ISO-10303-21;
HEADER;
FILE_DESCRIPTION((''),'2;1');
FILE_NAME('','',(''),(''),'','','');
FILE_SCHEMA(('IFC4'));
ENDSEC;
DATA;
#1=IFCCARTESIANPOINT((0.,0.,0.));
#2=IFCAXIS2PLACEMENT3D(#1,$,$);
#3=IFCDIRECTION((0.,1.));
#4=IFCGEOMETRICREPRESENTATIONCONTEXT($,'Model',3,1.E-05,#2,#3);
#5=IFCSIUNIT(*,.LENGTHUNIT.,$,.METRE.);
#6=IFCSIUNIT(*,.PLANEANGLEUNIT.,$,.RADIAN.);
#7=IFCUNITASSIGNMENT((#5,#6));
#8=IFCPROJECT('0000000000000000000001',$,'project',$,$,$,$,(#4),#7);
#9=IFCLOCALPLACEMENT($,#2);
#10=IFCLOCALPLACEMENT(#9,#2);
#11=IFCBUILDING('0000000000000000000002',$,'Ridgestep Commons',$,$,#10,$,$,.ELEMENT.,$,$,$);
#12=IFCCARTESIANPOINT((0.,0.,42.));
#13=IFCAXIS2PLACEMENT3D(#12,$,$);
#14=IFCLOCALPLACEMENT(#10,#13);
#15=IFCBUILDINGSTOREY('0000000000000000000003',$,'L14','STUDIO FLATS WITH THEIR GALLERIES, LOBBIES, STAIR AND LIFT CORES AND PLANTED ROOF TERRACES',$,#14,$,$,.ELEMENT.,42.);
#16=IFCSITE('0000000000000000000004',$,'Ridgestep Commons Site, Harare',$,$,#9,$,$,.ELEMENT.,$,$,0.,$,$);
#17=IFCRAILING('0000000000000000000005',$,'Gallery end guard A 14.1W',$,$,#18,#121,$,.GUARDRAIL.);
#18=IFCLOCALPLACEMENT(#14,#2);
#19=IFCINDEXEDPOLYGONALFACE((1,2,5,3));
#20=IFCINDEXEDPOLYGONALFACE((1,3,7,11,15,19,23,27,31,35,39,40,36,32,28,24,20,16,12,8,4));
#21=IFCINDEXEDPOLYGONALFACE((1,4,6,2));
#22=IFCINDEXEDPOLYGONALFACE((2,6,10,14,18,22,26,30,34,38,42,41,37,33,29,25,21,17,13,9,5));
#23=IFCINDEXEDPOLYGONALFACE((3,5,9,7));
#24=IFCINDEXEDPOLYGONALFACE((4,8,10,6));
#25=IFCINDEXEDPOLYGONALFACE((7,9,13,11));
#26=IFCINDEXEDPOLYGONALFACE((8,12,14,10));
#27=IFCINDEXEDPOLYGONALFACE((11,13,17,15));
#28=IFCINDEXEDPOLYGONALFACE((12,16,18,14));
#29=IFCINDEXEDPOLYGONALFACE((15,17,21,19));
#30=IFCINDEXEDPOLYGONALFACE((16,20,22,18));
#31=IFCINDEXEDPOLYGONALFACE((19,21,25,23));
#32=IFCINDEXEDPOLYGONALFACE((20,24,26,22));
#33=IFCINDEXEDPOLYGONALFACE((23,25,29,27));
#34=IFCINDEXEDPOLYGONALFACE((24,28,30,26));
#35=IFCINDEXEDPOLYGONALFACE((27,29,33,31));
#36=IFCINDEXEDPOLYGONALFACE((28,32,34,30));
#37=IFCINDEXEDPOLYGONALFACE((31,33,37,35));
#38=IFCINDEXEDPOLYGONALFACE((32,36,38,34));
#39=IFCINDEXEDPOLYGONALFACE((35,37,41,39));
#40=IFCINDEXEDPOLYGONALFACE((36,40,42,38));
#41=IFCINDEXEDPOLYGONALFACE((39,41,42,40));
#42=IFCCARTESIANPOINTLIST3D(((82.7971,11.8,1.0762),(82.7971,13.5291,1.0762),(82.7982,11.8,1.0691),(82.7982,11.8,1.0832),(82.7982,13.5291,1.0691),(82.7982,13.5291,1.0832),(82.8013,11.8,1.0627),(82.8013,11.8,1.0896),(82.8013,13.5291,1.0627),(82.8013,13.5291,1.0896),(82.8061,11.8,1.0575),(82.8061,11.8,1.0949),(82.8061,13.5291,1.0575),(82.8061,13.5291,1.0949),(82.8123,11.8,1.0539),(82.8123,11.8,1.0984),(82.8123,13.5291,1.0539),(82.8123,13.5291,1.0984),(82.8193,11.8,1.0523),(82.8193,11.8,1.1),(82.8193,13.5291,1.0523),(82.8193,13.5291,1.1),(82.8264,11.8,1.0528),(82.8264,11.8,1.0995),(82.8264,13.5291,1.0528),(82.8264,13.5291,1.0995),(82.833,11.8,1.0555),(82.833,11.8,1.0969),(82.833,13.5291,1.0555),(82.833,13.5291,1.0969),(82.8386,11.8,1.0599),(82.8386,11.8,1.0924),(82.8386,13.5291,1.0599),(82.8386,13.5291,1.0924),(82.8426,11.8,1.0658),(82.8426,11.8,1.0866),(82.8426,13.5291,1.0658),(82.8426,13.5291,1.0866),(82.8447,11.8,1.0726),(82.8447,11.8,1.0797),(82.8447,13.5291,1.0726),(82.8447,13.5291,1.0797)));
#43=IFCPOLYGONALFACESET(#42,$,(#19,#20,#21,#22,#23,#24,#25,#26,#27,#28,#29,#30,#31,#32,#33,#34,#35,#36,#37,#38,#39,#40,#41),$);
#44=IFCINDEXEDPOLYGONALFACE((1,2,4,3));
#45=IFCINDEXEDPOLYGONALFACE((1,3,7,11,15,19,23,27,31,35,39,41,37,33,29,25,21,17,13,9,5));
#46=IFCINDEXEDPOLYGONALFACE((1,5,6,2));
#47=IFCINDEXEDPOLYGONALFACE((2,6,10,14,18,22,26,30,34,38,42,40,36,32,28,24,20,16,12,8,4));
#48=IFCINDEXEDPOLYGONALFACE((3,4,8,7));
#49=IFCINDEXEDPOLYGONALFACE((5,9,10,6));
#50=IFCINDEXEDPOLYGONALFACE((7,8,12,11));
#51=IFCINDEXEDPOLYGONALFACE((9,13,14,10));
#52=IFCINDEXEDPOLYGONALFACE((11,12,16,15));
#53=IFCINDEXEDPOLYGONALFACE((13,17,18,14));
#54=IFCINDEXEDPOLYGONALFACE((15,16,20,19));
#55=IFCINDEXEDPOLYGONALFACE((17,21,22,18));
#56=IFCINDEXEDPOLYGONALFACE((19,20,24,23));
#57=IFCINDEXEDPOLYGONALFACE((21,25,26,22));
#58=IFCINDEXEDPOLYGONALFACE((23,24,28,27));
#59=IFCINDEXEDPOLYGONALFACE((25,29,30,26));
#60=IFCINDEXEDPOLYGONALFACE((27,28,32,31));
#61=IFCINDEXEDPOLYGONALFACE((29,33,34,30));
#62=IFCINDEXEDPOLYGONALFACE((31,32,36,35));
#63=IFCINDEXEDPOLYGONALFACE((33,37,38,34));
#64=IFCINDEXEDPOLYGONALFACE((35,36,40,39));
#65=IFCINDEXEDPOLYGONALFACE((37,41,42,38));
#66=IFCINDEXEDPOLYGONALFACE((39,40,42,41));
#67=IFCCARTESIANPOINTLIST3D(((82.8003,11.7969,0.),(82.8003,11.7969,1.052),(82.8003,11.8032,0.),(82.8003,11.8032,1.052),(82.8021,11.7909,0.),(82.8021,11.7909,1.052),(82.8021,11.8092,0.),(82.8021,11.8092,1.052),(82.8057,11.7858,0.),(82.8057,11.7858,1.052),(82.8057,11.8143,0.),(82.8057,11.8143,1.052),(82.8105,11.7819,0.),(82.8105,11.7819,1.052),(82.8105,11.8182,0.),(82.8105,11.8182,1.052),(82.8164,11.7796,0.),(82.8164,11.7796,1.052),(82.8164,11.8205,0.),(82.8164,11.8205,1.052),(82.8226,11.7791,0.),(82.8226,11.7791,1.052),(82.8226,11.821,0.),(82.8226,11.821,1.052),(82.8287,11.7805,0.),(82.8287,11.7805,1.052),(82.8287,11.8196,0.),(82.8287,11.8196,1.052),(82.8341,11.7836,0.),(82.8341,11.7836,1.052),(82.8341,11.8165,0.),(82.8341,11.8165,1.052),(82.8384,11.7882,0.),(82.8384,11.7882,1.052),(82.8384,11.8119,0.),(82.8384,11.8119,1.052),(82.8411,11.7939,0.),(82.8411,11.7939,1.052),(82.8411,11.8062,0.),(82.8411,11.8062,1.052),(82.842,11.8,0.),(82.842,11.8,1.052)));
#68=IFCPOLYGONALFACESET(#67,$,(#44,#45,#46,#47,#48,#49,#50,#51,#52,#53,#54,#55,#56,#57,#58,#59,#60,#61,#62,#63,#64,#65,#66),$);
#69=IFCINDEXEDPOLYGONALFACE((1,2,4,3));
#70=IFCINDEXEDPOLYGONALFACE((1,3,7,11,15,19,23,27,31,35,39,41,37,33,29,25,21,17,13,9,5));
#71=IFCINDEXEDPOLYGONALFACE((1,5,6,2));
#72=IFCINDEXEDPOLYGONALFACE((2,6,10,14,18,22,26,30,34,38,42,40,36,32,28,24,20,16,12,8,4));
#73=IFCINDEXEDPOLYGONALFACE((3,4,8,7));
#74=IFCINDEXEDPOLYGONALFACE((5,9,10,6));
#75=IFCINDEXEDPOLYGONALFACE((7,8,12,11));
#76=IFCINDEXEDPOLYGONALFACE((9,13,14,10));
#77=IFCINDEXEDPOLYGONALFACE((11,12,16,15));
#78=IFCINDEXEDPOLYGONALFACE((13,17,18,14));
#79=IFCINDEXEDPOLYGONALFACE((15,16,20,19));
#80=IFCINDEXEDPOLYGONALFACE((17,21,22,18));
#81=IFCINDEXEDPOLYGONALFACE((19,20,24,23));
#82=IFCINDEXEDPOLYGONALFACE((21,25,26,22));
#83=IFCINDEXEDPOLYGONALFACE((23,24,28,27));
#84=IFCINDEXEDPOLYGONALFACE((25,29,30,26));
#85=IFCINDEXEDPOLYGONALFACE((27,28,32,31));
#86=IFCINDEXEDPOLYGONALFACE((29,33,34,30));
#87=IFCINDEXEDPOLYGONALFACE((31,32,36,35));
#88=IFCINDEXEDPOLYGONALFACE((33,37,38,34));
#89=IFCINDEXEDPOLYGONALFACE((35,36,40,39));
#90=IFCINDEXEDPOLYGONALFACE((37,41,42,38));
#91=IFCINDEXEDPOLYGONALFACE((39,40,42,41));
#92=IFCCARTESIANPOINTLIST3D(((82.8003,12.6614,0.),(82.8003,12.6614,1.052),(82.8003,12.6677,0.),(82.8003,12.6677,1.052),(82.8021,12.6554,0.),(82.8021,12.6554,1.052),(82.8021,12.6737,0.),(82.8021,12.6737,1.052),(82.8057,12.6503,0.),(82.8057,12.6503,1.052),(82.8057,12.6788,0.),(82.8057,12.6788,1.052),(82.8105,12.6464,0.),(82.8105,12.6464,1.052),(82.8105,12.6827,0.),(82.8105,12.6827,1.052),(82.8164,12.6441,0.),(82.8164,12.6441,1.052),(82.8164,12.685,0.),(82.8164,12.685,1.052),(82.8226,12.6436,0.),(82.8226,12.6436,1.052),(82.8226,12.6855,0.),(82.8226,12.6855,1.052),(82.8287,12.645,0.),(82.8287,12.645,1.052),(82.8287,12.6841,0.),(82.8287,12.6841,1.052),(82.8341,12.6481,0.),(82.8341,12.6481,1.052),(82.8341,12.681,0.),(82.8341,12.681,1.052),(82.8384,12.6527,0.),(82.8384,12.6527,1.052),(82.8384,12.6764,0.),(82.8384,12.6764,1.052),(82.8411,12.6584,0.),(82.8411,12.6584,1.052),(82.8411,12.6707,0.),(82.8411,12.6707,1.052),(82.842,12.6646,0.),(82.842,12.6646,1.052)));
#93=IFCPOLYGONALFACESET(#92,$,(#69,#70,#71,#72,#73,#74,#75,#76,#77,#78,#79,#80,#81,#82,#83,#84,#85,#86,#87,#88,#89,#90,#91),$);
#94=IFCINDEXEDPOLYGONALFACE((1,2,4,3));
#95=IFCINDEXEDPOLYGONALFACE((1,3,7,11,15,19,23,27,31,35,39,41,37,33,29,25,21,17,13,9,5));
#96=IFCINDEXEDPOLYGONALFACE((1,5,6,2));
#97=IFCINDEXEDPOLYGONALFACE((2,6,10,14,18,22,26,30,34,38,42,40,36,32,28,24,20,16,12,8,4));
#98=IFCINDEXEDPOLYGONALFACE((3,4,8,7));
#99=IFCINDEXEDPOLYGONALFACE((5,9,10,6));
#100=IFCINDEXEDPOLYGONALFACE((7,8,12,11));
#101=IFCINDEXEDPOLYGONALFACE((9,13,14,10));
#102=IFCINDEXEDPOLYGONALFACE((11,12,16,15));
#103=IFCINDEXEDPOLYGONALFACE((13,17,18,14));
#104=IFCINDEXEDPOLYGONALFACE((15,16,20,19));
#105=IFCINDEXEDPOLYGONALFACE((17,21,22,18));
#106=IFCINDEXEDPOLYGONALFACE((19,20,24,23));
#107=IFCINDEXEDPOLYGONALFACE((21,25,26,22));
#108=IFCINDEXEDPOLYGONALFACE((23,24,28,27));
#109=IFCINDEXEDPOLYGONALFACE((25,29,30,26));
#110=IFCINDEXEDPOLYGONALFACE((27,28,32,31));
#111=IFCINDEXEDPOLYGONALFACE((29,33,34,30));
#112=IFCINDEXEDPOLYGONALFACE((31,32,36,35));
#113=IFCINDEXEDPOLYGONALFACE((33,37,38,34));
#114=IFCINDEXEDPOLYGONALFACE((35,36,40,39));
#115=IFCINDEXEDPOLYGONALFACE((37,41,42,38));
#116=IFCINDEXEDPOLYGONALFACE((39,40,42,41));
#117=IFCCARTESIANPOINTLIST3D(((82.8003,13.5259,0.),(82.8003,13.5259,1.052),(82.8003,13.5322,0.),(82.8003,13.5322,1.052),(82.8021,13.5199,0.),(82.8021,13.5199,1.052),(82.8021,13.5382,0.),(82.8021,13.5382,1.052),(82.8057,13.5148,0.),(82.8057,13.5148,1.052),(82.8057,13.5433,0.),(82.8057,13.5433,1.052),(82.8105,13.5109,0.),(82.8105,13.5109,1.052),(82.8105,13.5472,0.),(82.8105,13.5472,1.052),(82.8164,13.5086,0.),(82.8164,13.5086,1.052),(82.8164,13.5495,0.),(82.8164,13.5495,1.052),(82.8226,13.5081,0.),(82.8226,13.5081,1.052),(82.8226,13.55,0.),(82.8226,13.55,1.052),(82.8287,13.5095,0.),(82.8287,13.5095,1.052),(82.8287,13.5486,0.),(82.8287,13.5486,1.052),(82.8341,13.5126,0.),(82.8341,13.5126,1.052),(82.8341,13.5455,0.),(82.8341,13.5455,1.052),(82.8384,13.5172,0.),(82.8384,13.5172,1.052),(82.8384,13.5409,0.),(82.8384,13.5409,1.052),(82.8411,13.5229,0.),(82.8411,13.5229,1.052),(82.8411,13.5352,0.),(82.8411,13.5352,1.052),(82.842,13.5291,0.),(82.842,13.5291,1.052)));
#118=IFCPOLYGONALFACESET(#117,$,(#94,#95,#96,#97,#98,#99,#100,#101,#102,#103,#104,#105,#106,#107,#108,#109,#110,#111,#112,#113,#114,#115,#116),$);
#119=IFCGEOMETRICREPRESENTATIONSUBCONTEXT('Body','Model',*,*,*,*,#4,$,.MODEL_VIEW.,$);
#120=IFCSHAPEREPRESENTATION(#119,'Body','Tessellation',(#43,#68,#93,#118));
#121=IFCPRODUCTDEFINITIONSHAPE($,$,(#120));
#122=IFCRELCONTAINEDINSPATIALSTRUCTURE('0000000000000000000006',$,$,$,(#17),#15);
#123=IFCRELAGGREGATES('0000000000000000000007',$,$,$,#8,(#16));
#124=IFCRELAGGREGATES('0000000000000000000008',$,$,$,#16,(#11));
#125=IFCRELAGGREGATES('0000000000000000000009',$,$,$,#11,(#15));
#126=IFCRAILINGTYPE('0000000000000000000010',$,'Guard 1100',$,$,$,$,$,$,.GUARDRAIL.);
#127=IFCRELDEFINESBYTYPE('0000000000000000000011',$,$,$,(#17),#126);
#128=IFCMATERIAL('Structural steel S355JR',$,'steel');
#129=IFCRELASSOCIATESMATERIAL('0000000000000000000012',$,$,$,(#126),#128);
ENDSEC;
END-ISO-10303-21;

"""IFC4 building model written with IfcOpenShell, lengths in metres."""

from ifc_helpers import new_model, si_unit, direction, frame, origin, origin_2d, place, context, subcontext, project, spatial, circle, extrude, material, type_object, element, save


model = new_model("IFC4")

# Units and contexts
model_context = context("Model", 3, precision=1e-05, world=origin(), true_north=direction((0.0, 1.0)))
body_context = subcontext(model_context, "Body", "Model", "MODEL_VIEW")
ifc_project = project(units=[si_unit("LENGTHUNIT", "METRE"), si_unit("PLANEANGLEUNIT", "RADIAN")], contexts=[model_context])

# Site, building, storey
site_placement = place(None, origin())
site = spatial("IfcSite", under=ifc_project, at=site_placement, Name="Ridgestep Commons Site, Harare", CompositionType="ELEMENT", RefElevation=0.0)
building_placement = place(site_placement, origin())
building = spatial("IfcBuilding", under=site, at=building_placement, Name="Ridgestep Commons", CompositionType="ELEMENT")
storey_placement = place(building_placement, frame((0.0, 0.0, 42.0)))
storey = spatial("IfcBuildingStorey", under=building, at=storey_placement, Name="L14", Description="STUDIO FLATS WITH THEIR GALLERIES, LOBBIES, STAIR AND LIFT CORES AND PLANTED ROOF TERRACES", CompositionType="ELEMENT", Elevation=42.0)

# Railing
ifc_material_1 = material(Name="Structural steel S355JR", Category="steel")
railing_type = type_object("IfcRailingType", Name="Guard 1100", PredefinedType="GUARDRAIL", material=ifc_material_1)
railing_1_placement = place(storey_placement, frame((82.821, 11.8, 0.0)))
element("IfcRailing", 1, at=railing_1_placement, inside=storey, type_object=railing_type, Name="Gallery end guard A 14.1W", PredefinedType="GUARDRAIL", context=body_context, shape_type="SweptSolid", body=[
    extrude(circle(Radius=0.0239, at=origin_2d()), frame((0.0, 0.0, 1.0762), z_axis=(0.0, 1.0, 0.0), x_axis=(-1.0, 0.0, 0.0)), (0.0, 0.0, 1.0), 1.729),
    extrude(circle(Radius=0.021, at=origin_2d()), origin(), (0.0, 0.0, 1.0), 1.052),
    extrude(circle(Radius=0.021, at=origin_2d()), frame((0.0, 0.8645, 0.0)), (0.0, 0.0, 1.0), 1.052),
    extrude(circle(Radius=0.021, at=origin_2d()), frame((0.0, 1.729, 0.0)), (0.0, 0.0, 1.0), 1.052),
])

save(model, "model.ifc")
